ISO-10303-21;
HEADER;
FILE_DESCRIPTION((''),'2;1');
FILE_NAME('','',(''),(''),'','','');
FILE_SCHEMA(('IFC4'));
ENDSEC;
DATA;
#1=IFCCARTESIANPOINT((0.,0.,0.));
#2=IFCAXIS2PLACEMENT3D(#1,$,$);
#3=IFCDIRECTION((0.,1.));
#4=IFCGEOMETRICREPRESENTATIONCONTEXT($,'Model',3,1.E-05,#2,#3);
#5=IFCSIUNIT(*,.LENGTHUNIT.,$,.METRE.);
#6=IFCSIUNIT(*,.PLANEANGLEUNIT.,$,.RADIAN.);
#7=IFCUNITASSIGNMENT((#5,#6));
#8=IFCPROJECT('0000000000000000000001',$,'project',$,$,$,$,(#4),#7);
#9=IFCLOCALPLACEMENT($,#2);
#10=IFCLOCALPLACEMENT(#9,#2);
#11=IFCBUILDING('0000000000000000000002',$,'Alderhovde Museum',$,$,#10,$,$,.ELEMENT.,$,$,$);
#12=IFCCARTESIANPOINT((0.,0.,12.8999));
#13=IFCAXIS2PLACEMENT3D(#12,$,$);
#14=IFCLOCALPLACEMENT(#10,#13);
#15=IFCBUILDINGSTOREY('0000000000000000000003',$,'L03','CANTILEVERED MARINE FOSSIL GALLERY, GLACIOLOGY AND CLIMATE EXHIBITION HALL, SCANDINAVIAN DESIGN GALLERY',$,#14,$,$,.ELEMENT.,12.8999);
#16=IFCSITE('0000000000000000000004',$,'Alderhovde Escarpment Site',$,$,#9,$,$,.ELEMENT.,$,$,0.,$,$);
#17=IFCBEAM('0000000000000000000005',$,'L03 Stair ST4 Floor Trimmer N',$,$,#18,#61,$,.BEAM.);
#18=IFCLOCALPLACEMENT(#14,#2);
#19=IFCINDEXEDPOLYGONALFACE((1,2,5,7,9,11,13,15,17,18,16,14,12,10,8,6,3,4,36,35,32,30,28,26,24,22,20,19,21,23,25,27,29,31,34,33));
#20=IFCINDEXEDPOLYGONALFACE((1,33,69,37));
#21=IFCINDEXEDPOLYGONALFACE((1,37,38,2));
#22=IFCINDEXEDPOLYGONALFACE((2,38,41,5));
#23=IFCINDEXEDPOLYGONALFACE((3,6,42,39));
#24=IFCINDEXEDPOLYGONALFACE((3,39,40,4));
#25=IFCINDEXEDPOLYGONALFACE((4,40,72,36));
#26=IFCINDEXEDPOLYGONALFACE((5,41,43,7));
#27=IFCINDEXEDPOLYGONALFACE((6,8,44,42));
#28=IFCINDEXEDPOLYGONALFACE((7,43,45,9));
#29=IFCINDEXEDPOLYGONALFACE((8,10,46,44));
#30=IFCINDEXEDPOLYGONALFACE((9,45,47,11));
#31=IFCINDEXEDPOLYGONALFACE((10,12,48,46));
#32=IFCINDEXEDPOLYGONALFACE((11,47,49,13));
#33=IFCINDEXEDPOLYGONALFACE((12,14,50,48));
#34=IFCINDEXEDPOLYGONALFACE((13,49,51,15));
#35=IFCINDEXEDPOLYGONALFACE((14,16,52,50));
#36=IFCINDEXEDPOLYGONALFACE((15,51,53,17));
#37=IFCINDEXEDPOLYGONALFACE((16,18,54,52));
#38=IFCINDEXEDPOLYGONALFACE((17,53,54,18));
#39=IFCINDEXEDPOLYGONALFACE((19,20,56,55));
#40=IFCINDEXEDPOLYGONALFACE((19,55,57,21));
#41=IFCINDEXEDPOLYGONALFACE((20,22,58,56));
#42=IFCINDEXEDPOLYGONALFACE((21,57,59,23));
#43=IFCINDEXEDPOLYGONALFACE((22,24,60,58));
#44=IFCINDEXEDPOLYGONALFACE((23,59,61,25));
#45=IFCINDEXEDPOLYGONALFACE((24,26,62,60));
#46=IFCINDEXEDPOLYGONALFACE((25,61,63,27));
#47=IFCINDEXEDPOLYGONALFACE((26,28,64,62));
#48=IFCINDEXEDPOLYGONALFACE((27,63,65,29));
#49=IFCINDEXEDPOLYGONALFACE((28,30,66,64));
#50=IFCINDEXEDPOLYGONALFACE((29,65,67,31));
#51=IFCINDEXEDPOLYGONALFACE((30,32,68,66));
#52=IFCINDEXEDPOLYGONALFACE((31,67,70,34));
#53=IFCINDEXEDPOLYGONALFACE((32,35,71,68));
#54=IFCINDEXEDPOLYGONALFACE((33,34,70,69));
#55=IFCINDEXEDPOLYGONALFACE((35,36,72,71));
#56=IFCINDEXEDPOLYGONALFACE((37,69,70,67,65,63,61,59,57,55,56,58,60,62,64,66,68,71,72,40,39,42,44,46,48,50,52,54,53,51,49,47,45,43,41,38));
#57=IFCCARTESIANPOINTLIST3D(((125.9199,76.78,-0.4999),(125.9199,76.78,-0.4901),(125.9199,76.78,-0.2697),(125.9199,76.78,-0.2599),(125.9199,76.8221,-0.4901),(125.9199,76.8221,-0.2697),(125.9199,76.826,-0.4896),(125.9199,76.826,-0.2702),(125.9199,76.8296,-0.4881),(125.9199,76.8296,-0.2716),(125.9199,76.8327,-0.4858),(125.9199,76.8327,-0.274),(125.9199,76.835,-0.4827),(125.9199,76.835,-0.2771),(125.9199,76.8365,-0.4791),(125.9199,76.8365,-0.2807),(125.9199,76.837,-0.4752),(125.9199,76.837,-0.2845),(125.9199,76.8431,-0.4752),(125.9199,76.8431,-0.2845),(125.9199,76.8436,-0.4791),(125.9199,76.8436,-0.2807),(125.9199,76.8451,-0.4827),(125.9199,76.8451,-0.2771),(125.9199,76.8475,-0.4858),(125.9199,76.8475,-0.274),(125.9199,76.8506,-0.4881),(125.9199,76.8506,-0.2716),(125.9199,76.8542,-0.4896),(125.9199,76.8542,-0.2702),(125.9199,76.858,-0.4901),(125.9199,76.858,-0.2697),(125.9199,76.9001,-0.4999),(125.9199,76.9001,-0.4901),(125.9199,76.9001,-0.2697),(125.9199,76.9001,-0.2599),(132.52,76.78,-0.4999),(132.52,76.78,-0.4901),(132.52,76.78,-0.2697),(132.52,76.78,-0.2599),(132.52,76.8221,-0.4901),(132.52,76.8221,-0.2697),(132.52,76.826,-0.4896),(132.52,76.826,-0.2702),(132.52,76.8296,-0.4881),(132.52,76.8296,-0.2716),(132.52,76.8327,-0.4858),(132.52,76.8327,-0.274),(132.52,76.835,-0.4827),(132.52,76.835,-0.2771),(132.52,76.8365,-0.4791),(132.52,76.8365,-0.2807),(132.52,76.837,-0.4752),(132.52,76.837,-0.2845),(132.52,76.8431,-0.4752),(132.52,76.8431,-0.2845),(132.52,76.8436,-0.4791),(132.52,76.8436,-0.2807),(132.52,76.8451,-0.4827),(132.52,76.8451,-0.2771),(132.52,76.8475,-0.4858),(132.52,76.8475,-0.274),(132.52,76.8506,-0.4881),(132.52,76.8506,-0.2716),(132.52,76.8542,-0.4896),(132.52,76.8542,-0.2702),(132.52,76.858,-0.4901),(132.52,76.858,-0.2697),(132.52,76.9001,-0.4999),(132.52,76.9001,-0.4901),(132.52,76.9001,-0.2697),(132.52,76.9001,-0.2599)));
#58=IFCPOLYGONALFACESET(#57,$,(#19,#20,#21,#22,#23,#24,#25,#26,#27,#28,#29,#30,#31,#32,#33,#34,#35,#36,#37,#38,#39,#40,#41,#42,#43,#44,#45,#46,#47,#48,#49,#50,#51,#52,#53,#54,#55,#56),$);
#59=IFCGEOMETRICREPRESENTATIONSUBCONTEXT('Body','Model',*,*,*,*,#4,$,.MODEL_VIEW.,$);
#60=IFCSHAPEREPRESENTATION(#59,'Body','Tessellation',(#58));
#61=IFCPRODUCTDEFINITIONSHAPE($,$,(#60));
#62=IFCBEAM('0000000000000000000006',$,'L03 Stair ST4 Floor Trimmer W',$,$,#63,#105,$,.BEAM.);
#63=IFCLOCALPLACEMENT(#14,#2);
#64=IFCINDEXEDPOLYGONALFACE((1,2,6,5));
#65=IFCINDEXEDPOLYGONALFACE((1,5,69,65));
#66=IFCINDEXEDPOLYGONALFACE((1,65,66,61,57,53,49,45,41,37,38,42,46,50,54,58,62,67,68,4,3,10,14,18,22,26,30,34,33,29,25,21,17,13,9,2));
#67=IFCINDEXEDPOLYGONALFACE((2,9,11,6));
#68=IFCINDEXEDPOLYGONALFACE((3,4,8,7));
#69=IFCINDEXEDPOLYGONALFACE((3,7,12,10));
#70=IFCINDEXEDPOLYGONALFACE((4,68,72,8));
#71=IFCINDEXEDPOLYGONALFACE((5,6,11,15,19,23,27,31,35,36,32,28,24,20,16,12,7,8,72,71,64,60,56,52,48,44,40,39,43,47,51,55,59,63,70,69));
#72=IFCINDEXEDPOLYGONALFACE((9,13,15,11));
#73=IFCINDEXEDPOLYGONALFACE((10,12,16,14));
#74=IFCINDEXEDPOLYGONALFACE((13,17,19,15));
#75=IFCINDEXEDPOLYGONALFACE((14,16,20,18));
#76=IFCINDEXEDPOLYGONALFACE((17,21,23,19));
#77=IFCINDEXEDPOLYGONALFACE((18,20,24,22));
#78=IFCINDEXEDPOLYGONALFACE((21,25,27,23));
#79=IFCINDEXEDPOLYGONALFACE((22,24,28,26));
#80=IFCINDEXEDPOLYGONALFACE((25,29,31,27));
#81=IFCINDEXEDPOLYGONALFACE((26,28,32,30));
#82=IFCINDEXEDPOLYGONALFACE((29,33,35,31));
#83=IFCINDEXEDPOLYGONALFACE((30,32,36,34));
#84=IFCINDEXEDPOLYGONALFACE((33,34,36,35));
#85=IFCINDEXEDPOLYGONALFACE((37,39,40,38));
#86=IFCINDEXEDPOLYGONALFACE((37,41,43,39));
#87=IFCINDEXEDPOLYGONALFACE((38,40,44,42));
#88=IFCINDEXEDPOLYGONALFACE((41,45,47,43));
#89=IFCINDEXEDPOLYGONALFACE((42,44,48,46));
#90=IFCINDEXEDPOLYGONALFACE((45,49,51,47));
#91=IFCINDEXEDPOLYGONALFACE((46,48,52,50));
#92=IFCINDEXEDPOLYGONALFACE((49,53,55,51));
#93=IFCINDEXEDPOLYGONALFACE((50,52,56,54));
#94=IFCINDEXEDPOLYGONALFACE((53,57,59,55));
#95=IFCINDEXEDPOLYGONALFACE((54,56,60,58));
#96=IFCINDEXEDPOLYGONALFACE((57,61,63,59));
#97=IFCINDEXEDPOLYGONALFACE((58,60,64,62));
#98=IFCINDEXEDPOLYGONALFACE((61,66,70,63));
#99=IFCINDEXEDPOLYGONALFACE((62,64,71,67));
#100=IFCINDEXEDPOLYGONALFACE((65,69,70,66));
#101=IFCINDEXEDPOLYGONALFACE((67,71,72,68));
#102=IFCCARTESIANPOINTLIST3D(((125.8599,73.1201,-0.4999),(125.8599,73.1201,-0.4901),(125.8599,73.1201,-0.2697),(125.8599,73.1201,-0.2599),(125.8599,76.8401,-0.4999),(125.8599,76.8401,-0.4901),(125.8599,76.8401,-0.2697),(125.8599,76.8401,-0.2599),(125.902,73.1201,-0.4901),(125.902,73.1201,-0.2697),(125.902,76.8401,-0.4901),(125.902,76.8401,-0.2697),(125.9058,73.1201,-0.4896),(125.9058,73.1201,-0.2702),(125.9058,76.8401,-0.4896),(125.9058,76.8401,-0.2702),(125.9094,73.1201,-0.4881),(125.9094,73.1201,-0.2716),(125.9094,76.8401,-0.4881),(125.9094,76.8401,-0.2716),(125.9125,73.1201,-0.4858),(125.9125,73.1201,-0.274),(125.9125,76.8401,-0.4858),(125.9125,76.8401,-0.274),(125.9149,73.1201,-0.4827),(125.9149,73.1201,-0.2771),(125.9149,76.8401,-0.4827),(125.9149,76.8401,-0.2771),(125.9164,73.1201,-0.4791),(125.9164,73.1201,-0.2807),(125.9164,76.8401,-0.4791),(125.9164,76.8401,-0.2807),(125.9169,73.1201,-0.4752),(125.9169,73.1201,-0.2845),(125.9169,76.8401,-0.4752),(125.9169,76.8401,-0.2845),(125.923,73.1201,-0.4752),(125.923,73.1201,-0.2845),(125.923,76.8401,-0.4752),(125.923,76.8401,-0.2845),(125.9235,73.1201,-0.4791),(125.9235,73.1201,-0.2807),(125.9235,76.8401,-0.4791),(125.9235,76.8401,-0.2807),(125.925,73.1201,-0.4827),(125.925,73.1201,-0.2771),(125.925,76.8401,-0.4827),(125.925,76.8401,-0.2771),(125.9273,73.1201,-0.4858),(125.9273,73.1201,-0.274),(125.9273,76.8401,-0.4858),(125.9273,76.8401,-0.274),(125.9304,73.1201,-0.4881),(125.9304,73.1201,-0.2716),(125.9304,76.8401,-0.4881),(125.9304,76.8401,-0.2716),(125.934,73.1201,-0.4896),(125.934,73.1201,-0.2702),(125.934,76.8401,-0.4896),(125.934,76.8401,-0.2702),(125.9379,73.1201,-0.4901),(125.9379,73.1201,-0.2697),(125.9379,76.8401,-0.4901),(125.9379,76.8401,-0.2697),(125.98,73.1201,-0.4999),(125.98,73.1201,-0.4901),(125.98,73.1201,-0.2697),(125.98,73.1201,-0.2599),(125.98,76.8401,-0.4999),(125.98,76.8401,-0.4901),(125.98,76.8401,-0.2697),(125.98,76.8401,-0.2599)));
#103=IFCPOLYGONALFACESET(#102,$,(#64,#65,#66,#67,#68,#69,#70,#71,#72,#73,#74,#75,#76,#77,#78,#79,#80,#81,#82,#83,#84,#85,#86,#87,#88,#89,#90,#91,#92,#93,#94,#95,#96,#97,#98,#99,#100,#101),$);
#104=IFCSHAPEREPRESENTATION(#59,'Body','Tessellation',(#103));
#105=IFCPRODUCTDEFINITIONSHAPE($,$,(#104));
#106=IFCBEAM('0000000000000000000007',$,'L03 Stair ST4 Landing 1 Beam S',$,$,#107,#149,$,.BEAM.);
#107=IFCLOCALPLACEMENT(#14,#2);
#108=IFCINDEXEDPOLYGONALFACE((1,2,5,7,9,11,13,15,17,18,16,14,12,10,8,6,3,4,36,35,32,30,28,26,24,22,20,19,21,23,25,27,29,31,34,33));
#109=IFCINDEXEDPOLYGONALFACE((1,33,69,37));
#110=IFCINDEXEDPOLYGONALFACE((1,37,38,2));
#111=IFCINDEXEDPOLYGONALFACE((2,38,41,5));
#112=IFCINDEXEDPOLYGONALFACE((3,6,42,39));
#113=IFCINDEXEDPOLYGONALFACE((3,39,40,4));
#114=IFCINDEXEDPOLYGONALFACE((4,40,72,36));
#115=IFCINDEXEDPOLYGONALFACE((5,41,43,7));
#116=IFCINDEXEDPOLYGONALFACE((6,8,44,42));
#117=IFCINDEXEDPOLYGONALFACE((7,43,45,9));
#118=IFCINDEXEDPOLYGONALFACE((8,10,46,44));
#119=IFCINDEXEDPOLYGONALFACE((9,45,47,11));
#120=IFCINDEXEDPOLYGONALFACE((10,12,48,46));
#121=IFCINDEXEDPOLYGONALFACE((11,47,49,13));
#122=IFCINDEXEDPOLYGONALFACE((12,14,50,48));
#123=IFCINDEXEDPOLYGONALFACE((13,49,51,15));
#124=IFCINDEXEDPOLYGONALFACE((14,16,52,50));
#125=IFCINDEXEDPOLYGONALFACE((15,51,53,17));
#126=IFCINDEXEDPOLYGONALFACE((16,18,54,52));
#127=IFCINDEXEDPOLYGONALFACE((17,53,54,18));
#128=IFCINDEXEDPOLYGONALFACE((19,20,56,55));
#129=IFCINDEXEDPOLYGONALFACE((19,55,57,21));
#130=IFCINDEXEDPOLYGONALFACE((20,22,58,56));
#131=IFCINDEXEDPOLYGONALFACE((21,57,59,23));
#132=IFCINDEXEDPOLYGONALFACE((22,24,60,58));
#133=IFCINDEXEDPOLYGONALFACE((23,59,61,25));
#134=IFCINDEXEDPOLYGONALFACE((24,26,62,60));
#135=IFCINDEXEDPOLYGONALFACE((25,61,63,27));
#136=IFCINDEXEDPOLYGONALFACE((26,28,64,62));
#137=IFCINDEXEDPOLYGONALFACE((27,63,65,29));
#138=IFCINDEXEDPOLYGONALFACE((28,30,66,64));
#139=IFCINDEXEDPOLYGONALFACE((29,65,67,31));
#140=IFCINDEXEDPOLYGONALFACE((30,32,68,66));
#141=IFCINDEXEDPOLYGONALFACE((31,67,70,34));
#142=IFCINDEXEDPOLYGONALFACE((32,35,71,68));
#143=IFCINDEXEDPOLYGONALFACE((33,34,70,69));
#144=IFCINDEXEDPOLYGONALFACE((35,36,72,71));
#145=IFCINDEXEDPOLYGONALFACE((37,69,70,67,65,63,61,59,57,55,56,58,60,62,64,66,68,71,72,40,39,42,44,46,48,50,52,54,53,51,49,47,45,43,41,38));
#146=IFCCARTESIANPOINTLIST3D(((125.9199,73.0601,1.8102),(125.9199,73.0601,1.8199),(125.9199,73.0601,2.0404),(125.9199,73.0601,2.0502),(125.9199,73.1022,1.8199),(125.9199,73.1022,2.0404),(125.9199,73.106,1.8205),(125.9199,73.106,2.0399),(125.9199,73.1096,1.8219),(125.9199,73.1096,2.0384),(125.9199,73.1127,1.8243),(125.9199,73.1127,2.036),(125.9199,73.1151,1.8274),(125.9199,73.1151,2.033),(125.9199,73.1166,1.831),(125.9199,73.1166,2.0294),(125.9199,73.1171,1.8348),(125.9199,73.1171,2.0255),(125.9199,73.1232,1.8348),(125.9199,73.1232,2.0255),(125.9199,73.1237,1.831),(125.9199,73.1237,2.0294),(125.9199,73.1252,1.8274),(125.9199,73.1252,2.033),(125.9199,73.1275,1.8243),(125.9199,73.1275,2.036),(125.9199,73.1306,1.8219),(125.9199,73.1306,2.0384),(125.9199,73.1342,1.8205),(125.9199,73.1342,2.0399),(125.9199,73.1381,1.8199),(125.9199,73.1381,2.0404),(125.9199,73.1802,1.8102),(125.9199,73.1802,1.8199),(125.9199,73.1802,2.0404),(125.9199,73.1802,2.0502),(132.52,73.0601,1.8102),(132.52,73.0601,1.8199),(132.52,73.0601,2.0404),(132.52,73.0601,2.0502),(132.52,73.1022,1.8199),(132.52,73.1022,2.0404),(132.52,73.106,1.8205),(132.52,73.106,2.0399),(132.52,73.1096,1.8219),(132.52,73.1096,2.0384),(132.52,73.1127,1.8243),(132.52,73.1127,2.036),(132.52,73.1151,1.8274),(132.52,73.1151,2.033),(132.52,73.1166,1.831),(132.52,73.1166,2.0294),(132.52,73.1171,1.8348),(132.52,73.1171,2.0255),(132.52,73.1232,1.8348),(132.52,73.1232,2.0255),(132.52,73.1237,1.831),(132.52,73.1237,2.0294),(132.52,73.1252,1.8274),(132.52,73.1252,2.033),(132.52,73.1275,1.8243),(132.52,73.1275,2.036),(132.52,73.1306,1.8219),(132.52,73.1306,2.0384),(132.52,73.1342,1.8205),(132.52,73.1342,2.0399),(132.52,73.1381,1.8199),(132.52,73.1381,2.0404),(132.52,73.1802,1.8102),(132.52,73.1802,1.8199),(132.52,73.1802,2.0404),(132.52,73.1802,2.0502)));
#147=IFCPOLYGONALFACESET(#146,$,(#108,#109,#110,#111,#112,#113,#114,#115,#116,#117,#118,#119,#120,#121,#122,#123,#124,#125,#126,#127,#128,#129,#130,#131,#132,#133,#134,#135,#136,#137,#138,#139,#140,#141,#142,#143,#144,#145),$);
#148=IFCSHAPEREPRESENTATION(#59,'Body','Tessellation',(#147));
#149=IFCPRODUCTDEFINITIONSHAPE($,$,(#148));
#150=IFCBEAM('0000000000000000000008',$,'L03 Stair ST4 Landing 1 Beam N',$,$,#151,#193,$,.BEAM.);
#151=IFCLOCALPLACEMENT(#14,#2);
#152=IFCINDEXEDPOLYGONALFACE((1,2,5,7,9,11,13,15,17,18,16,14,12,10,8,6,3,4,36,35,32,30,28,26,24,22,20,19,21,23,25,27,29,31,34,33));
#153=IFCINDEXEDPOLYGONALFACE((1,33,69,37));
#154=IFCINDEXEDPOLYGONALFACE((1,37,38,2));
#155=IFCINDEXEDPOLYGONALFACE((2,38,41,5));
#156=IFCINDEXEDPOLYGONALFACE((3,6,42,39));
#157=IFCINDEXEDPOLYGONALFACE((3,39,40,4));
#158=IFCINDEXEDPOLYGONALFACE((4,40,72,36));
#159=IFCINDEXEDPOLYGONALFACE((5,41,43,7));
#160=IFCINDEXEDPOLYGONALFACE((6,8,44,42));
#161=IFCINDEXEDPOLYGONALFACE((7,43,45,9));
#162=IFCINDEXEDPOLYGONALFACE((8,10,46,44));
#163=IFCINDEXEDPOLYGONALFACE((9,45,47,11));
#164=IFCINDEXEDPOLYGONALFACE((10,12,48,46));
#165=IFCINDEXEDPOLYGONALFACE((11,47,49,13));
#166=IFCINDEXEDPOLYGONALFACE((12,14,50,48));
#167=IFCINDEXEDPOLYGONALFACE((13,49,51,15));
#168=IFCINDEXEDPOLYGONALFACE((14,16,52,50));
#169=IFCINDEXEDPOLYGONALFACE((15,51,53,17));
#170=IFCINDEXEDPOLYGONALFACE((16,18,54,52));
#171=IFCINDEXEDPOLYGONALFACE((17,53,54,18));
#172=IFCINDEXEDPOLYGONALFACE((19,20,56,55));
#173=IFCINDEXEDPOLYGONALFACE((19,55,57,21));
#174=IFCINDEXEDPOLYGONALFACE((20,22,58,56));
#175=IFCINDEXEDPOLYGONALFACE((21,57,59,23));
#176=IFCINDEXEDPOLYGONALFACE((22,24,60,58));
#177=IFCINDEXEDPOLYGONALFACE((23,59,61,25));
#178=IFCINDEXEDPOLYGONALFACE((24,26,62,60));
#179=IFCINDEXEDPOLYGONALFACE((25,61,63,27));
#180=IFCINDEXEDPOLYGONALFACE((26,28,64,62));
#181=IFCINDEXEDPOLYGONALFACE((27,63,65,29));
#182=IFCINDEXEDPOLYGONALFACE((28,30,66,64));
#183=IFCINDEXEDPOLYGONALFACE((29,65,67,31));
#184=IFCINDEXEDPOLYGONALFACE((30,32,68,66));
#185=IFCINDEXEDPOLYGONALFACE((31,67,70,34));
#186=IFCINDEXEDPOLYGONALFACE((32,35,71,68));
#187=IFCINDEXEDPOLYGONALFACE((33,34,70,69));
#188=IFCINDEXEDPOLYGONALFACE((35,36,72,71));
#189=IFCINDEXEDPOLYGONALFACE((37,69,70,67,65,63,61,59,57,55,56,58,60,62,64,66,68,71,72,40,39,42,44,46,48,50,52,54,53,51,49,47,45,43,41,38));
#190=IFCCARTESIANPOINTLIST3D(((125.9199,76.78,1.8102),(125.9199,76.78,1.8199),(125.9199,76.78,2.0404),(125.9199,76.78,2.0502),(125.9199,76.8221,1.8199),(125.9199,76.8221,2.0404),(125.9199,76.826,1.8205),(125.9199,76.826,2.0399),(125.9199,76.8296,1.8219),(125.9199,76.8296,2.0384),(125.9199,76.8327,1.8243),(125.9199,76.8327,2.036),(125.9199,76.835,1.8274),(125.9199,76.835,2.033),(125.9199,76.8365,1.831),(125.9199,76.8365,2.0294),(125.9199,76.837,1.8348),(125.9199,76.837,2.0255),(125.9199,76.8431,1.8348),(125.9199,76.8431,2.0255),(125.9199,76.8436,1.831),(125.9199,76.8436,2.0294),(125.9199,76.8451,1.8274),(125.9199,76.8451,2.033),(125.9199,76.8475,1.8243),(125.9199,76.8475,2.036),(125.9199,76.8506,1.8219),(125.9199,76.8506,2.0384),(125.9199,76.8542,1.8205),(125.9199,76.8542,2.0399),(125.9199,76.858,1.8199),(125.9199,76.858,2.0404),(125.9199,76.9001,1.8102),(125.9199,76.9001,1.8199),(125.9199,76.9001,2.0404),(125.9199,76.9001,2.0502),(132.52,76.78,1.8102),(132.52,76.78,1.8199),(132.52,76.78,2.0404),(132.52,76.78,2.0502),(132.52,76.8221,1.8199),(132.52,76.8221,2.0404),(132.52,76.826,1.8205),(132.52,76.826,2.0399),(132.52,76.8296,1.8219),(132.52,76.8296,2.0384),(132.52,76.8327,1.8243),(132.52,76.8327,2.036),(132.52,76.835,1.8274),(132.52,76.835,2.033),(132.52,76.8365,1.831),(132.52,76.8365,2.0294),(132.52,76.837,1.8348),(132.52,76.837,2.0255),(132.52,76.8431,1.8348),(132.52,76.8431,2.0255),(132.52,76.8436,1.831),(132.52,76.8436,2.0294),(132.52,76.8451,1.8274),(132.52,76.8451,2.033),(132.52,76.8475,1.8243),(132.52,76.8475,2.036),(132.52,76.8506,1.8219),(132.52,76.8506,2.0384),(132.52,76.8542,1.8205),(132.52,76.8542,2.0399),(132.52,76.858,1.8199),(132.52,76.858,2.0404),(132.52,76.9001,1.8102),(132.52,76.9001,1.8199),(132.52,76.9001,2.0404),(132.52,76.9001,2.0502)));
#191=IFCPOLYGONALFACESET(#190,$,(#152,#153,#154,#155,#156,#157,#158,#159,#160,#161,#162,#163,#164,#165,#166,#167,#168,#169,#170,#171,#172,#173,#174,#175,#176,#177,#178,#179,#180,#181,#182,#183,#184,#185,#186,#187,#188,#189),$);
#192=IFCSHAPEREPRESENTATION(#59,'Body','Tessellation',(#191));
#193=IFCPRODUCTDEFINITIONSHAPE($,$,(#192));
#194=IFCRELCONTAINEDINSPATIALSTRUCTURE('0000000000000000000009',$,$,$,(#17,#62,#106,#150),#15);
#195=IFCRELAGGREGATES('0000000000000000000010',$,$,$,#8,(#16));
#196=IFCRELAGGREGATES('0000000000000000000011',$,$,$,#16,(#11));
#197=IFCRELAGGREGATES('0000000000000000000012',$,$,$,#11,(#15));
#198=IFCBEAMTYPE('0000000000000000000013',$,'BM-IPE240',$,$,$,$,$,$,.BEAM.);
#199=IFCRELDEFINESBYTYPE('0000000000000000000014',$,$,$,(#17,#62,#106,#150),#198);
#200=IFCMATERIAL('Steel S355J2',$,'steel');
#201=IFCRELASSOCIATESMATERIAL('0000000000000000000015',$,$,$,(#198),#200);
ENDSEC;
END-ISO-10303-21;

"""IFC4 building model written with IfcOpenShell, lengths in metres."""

from ifc_helpers import new_model, si_unit, direction, frame, origin, origin_2d, place, context, subcontext, project, spatial, i_section, extrude, material, material_profile, profile_set, type_object, element, save


model = new_model("IFC4")

# Units and contexts
model_context = context("Model", 3, precision=1e-05, world=origin(), true_north=direction((0.0, 1.0)))
body_context = subcontext(model_context, "Body", "Model", "MODEL_VIEW")
ifc_project = project(units=[si_unit("LENGTHUNIT", "METRE"), si_unit("PLANEANGLEUNIT", "RADIAN")], contexts=[model_context])

# Site, building, storey
site_placement = place(None, origin())
site = spatial("IfcSite", under=ifc_project, at=site_placement, Name="Alderhovde Escarpment Site", CompositionType="ELEMENT", RefElevation=0.0)
building_placement = place(site_placement, origin())
building = spatial("IfcBuilding", under=site, at=building_placement, Name="Alderhovde Museum", CompositionType="ELEMENT")
storey_placement = place(building_placement, frame((0.0, 0.0, 12.8999)))
storey = spatial("IfcBuildingStorey", under=building, at=storey_placement, Name="L03", Description="CANTILEVERED MARINE FOSSIL GALLERY, GLACIOLOGY AND CLIMATE EXHIBITION HALL, SCANDINAVIAN DESIGN GALLERY", CompositionType="ELEMENT", Elevation=12.8999)

# Beams
ifc_material_1 = material(Name="Steel S355J2", Category="steel")
ifc_material_profile_1 = material_profile(ifc_material_1, i_section(OverallWidth=0.1201, OverallDepth=0.24, WebThickness=0.0061, FlangeThickness=0.0098, FilletRadius=0.0149, at=origin_2d()), Name="IPE 240")
ifc_profile_set_1 = profile_set([ifc_material_profile_1], Name="Steel S355J2")
beam_type = type_object("IfcBeamType", Name="BM-IPE240", PredefinedType="BEAM", material=ifc_profile_set_1)
for number, where, z_axis, x_axis, name in (
    (1, (125.9199, 76.8401, -0.3799), (1.0, 0.0, 0.0), (0.0, 1.0, 0.0), "L03 Stair ST4 Floor Trimmer N"),
):
    element("IfcBeam", number, at=place(storey_placement, frame(where, z_axis=z_axis, x_axis=x_axis)), inside=storey, type_object=beam_type, Name=name, PredefinedType="BEAM", context=body_context, shape_type="SweptSolid", body=[
        extrude(i_section(OverallWidth=0.1201, OverallDepth=0.24, WebThickness=0.0061, FlangeThickness=0.0098, FilletRadius=0.0149, at=origin_2d()), origin(), (0.0, 0.0, 1.0), 6.6001),
    ])
beam_1_placement = place(storey_placement, frame((125.9199, 73.1201, -0.3799), z_axis=(0.0, 1.0, 0.0), x_axis=(-1.0, 0.0, 0.0)))
element("IfcBeam", 2, at=beam_1_placement, inside=storey, type_object=beam_type, Name="L03 Stair ST4 Floor Trimmer W", PredefinedType="BEAM", context=body_context, shape_type="SweptSolid", body=[
    extrude(i_section(OverallWidth=0.1201, OverallDepth=0.24, WebThickness=0.0061, FlangeThickness=0.0098, FilletRadius=0.0149, at=origin_2d()), origin(), (0.0, 0.0, 1.0), 3.72),
])
for number, where, z_axis, x_axis, name in (
    (3, (125.9199, 73.1201, 1.9302), (1.0, 0.0, 0.0), (0.0, 1.0, 0.0), "L03 Stair ST4 Landing 1 Beam S"),
    (4, (125.9199, 76.8401, 1.9302), (1.0, 0.0, 0.0), (0.0, 1.0, 0.0), "L03 Stair ST4 Landing 1 Beam N"),
):
    element("IfcBeam", number, at=place(storey_placement, frame(where, z_axis=z_axis, x_axis=x_axis)), inside=storey, type_object=beam_type, Name=name, PredefinedType="BEAM", context=body_context, shape_type="SweptSolid", body=[
        extrude(i_section(OverallWidth=0.1201, OverallDepth=0.24, WebThickness=0.0061, FlangeThickness=0.0098, FilletRadius=0.0149, at=origin_2d()), origin(), (0.0, 0.0, 1.0), 6.6001),
    ])

save(model, "model.ifc")
